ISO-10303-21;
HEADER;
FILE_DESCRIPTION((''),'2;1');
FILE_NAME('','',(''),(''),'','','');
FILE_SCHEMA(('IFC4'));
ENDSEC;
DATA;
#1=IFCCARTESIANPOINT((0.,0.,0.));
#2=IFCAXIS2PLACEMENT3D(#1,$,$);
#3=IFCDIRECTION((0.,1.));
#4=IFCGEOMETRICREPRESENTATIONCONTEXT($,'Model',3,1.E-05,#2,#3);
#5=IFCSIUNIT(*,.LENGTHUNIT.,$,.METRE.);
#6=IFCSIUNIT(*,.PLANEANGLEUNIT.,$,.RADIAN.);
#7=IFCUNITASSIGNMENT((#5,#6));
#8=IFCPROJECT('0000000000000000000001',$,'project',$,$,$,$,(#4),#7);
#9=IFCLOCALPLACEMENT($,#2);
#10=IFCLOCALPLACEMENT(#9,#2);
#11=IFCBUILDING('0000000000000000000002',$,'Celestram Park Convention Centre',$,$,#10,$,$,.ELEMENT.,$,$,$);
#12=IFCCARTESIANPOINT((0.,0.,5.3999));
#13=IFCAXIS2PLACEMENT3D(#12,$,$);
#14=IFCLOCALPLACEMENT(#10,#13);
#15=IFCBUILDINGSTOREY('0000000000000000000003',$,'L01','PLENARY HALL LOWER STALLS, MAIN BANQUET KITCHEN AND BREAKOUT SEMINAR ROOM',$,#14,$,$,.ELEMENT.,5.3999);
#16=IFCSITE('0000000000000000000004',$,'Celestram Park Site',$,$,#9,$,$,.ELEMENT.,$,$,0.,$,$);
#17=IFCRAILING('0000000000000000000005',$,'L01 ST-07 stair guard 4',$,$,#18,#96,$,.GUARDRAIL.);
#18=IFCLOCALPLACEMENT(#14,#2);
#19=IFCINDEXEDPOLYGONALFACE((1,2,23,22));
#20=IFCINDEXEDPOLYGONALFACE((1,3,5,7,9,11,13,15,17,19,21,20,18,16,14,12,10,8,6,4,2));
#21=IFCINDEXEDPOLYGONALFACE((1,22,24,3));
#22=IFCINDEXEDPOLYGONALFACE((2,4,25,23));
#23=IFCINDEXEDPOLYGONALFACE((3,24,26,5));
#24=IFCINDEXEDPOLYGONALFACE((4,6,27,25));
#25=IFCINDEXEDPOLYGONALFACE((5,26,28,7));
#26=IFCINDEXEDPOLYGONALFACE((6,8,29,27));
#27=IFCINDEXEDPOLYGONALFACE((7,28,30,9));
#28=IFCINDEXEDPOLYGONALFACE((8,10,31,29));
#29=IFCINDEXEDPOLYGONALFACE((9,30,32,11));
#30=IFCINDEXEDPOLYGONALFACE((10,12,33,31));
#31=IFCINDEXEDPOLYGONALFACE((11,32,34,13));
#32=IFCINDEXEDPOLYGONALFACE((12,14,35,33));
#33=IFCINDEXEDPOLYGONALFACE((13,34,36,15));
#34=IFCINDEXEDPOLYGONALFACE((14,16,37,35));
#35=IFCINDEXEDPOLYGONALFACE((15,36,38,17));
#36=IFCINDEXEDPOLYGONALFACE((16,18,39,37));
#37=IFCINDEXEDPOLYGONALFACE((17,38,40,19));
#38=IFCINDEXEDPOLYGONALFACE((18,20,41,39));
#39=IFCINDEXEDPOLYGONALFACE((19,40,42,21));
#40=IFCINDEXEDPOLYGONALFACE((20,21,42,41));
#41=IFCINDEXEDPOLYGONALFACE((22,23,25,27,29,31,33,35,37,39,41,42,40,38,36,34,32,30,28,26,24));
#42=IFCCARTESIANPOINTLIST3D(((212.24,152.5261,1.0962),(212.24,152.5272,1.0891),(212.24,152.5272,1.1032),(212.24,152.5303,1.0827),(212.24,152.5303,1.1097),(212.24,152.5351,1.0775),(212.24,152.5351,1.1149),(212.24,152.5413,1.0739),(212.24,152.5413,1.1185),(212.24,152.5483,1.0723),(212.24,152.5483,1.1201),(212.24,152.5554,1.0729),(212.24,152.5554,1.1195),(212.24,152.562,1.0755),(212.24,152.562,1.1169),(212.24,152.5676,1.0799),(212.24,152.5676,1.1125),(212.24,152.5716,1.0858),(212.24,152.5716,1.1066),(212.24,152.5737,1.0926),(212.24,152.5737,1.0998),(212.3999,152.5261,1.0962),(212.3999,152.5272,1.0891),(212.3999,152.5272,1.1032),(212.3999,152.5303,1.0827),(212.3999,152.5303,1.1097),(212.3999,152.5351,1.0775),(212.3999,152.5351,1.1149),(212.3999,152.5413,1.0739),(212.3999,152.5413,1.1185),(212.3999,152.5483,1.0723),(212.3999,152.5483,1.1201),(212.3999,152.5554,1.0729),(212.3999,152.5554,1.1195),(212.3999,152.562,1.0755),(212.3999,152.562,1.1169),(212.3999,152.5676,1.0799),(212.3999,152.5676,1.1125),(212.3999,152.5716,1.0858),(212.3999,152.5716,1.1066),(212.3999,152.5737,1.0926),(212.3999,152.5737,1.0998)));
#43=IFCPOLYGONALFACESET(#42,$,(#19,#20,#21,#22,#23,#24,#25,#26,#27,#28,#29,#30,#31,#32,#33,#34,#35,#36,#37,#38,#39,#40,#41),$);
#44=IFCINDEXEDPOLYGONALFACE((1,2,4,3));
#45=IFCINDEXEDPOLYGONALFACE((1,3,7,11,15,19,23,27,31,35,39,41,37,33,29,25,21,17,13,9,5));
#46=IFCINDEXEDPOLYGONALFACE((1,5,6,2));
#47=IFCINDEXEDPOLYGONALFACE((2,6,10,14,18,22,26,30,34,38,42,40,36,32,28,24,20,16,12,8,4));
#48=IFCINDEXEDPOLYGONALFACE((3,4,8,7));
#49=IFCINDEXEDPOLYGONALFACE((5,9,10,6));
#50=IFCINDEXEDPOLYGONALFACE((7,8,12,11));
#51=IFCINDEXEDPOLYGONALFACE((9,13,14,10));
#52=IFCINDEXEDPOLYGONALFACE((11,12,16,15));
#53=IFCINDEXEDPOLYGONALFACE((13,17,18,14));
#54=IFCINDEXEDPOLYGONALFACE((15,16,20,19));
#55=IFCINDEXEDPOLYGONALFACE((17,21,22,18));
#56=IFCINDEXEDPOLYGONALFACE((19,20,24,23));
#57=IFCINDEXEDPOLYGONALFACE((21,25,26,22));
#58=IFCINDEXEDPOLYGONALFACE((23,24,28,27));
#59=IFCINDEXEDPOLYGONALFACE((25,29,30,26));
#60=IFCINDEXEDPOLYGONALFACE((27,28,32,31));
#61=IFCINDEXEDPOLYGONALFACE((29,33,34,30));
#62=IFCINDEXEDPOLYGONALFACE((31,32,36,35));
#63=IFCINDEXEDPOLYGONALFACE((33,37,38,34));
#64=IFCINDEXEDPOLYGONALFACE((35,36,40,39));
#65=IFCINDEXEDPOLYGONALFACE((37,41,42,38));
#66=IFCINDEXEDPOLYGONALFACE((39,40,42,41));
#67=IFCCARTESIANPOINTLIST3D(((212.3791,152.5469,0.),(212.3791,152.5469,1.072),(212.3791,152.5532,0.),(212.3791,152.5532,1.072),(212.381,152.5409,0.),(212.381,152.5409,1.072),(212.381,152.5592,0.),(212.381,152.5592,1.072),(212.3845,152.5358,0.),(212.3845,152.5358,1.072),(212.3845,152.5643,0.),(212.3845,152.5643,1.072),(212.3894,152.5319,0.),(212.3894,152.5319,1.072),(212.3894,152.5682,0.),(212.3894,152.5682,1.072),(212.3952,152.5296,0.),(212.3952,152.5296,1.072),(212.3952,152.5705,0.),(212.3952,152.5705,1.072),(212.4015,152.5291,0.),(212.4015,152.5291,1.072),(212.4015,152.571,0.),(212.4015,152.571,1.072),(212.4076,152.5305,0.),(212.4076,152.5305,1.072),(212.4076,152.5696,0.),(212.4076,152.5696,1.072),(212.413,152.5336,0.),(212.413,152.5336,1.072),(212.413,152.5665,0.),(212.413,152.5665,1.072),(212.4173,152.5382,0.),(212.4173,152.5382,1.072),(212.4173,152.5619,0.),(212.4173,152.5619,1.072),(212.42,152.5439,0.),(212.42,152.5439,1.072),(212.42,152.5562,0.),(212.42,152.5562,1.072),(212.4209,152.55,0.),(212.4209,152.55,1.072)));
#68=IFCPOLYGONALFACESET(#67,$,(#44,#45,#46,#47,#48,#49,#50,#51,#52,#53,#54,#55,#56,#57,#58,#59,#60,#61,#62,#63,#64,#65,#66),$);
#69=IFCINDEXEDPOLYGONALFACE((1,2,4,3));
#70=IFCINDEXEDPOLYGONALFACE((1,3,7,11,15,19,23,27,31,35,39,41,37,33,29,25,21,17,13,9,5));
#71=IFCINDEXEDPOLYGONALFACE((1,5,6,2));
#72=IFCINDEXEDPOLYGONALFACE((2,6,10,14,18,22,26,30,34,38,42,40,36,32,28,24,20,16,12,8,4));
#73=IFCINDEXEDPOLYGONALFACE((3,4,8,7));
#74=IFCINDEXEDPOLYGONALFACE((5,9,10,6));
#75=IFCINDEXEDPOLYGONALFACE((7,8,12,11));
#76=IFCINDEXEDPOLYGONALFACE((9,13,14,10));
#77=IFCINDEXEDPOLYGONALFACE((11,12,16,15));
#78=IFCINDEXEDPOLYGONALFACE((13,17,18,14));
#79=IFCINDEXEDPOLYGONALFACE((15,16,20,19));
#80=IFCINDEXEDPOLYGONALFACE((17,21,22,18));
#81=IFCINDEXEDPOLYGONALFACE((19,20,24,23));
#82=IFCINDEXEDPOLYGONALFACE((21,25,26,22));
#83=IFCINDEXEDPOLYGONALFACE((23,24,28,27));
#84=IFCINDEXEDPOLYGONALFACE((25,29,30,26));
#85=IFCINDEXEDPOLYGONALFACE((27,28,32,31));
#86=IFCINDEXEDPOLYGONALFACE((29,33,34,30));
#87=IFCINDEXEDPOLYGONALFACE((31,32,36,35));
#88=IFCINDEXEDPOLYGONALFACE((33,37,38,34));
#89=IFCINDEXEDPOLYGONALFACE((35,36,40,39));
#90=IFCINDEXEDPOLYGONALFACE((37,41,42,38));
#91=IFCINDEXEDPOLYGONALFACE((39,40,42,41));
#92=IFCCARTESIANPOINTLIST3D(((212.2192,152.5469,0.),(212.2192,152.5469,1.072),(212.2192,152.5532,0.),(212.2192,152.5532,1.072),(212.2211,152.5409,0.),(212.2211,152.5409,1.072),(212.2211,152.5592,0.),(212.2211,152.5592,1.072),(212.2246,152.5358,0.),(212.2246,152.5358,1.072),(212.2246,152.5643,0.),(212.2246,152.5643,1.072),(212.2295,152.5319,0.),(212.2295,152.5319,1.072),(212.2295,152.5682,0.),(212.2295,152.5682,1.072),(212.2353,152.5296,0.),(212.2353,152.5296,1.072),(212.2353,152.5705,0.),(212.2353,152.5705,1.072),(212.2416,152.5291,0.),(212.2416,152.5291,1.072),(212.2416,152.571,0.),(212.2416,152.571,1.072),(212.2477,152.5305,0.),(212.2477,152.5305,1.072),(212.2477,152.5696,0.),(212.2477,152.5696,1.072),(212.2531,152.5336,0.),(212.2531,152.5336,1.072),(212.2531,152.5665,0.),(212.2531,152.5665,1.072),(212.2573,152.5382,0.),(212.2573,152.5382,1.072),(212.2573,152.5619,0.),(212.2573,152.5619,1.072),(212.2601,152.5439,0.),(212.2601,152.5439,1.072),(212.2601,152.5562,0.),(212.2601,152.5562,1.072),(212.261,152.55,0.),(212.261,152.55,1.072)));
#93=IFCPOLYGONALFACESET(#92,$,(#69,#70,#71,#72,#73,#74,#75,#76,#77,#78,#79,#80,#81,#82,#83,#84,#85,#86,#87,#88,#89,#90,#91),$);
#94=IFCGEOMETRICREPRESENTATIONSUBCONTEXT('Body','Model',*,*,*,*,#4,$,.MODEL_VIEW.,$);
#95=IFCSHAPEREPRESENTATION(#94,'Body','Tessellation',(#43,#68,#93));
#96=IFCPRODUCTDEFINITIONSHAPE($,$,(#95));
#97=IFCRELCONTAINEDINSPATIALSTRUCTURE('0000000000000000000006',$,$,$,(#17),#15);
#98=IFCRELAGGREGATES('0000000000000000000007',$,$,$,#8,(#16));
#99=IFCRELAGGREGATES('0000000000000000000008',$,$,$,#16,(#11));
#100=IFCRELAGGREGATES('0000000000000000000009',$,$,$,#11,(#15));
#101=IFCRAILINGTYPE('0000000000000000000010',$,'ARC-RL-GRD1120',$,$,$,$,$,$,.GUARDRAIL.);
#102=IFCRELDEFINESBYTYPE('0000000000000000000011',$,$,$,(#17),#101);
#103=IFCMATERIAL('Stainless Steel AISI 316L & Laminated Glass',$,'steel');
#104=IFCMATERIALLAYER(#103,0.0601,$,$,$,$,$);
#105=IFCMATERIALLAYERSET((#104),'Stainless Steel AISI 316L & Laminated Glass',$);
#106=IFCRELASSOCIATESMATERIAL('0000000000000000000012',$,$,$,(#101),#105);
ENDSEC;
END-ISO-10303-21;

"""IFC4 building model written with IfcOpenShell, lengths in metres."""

from ifc_helpers import new_model, si_unit, direction, frame, origin, origin_2d, place, context, subcontext, project, spatial, circle, extrude, material, layer, layer_set, type_object, element, save


model = new_model("IFC4")

# Units and contexts
model_context = context("Model", 3, precision=1e-05, world=origin(), true_north=direction((0.0, 1.0)))
body_context = subcontext(model_context, "Body", "Model", "MODEL_VIEW")
ifc_project = project(units=[si_unit("LENGTHUNIT", "METRE"), si_unit("PLANEANGLEUNIT", "RADIAN")], contexts=[model_context])

# Site, building, storey
site_placement = place(None, origin())
site = spatial("IfcSite", under=ifc_project, at=site_placement, Name="Celestram Park Site", CompositionType="ELEMENT", RefElevation=0.0)
building_placement = place(site_placement, origin())
building = spatial("IfcBuilding", under=site, at=building_placement, Name="Celestram Park Convention Centre", CompositionType="ELEMENT")
storey_placement = place(building_placement, frame((0.0, 0.0, 5.3999)))
storey = spatial("IfcBuildingStorey", under=building, at=storey_placement, Name="L01", Description="PLENARY HALL LOWER STALLS, MAIN BANQUET KITCHEN AND BREAKOUT SEMINAR ROOM", CompositionType="ELEMENT", Elevation=5.3999)

# Railing
ifc_material_1 = material(Name="Stainless Steel AISI 316L & Laminated Glass", Category="steel")
ifc_layer_1 = layer(ifc_material_1, 0.0601)
ifc_layer_set_1 = layer_set([ifc_layer_1], Name="Stainless Steel AISI 316L & Laminated Glass")
railing_type_1 = type_object("IfcRailingType", Name="ARC-RL-GRD1120", PredefinedType="GUARDRAIL", material=ifc_layer_set_1)
railing_1_placement = place(storey_placement, frame((212.3999, 152.55, 0.0)))
element("IfcRailing", 1, at=railing_1_placement, inside=storey, type_object=railing_type_1, Name="L01 ST-07 stair guard 4", PredefinedType="GUARDRAIL", context=body_context, shape_type="SweptSolid", body=[
    extrude(circle(Radius=0.0239, at=origin_2d()), frame((0.0, 0.0, 1.0962), z_axis=(-1.0, 0.0, 0.0), x_axis=(0.0, -1.0, 0.0)), (0.0, 0.0, 1.0), 0.1599),
    extrude(circle(Radius=0.021, at=origin_2d()), origin(), (0.0, 0.0, 1.0), 1.072),
    extrude(circle(Radius=0.021, at=origin_2d()), frame((-0.1599, 0.0, 0.0)), (0.0, 0.0, 1.0), 1.072),
])

save(model, "model.ifc")
